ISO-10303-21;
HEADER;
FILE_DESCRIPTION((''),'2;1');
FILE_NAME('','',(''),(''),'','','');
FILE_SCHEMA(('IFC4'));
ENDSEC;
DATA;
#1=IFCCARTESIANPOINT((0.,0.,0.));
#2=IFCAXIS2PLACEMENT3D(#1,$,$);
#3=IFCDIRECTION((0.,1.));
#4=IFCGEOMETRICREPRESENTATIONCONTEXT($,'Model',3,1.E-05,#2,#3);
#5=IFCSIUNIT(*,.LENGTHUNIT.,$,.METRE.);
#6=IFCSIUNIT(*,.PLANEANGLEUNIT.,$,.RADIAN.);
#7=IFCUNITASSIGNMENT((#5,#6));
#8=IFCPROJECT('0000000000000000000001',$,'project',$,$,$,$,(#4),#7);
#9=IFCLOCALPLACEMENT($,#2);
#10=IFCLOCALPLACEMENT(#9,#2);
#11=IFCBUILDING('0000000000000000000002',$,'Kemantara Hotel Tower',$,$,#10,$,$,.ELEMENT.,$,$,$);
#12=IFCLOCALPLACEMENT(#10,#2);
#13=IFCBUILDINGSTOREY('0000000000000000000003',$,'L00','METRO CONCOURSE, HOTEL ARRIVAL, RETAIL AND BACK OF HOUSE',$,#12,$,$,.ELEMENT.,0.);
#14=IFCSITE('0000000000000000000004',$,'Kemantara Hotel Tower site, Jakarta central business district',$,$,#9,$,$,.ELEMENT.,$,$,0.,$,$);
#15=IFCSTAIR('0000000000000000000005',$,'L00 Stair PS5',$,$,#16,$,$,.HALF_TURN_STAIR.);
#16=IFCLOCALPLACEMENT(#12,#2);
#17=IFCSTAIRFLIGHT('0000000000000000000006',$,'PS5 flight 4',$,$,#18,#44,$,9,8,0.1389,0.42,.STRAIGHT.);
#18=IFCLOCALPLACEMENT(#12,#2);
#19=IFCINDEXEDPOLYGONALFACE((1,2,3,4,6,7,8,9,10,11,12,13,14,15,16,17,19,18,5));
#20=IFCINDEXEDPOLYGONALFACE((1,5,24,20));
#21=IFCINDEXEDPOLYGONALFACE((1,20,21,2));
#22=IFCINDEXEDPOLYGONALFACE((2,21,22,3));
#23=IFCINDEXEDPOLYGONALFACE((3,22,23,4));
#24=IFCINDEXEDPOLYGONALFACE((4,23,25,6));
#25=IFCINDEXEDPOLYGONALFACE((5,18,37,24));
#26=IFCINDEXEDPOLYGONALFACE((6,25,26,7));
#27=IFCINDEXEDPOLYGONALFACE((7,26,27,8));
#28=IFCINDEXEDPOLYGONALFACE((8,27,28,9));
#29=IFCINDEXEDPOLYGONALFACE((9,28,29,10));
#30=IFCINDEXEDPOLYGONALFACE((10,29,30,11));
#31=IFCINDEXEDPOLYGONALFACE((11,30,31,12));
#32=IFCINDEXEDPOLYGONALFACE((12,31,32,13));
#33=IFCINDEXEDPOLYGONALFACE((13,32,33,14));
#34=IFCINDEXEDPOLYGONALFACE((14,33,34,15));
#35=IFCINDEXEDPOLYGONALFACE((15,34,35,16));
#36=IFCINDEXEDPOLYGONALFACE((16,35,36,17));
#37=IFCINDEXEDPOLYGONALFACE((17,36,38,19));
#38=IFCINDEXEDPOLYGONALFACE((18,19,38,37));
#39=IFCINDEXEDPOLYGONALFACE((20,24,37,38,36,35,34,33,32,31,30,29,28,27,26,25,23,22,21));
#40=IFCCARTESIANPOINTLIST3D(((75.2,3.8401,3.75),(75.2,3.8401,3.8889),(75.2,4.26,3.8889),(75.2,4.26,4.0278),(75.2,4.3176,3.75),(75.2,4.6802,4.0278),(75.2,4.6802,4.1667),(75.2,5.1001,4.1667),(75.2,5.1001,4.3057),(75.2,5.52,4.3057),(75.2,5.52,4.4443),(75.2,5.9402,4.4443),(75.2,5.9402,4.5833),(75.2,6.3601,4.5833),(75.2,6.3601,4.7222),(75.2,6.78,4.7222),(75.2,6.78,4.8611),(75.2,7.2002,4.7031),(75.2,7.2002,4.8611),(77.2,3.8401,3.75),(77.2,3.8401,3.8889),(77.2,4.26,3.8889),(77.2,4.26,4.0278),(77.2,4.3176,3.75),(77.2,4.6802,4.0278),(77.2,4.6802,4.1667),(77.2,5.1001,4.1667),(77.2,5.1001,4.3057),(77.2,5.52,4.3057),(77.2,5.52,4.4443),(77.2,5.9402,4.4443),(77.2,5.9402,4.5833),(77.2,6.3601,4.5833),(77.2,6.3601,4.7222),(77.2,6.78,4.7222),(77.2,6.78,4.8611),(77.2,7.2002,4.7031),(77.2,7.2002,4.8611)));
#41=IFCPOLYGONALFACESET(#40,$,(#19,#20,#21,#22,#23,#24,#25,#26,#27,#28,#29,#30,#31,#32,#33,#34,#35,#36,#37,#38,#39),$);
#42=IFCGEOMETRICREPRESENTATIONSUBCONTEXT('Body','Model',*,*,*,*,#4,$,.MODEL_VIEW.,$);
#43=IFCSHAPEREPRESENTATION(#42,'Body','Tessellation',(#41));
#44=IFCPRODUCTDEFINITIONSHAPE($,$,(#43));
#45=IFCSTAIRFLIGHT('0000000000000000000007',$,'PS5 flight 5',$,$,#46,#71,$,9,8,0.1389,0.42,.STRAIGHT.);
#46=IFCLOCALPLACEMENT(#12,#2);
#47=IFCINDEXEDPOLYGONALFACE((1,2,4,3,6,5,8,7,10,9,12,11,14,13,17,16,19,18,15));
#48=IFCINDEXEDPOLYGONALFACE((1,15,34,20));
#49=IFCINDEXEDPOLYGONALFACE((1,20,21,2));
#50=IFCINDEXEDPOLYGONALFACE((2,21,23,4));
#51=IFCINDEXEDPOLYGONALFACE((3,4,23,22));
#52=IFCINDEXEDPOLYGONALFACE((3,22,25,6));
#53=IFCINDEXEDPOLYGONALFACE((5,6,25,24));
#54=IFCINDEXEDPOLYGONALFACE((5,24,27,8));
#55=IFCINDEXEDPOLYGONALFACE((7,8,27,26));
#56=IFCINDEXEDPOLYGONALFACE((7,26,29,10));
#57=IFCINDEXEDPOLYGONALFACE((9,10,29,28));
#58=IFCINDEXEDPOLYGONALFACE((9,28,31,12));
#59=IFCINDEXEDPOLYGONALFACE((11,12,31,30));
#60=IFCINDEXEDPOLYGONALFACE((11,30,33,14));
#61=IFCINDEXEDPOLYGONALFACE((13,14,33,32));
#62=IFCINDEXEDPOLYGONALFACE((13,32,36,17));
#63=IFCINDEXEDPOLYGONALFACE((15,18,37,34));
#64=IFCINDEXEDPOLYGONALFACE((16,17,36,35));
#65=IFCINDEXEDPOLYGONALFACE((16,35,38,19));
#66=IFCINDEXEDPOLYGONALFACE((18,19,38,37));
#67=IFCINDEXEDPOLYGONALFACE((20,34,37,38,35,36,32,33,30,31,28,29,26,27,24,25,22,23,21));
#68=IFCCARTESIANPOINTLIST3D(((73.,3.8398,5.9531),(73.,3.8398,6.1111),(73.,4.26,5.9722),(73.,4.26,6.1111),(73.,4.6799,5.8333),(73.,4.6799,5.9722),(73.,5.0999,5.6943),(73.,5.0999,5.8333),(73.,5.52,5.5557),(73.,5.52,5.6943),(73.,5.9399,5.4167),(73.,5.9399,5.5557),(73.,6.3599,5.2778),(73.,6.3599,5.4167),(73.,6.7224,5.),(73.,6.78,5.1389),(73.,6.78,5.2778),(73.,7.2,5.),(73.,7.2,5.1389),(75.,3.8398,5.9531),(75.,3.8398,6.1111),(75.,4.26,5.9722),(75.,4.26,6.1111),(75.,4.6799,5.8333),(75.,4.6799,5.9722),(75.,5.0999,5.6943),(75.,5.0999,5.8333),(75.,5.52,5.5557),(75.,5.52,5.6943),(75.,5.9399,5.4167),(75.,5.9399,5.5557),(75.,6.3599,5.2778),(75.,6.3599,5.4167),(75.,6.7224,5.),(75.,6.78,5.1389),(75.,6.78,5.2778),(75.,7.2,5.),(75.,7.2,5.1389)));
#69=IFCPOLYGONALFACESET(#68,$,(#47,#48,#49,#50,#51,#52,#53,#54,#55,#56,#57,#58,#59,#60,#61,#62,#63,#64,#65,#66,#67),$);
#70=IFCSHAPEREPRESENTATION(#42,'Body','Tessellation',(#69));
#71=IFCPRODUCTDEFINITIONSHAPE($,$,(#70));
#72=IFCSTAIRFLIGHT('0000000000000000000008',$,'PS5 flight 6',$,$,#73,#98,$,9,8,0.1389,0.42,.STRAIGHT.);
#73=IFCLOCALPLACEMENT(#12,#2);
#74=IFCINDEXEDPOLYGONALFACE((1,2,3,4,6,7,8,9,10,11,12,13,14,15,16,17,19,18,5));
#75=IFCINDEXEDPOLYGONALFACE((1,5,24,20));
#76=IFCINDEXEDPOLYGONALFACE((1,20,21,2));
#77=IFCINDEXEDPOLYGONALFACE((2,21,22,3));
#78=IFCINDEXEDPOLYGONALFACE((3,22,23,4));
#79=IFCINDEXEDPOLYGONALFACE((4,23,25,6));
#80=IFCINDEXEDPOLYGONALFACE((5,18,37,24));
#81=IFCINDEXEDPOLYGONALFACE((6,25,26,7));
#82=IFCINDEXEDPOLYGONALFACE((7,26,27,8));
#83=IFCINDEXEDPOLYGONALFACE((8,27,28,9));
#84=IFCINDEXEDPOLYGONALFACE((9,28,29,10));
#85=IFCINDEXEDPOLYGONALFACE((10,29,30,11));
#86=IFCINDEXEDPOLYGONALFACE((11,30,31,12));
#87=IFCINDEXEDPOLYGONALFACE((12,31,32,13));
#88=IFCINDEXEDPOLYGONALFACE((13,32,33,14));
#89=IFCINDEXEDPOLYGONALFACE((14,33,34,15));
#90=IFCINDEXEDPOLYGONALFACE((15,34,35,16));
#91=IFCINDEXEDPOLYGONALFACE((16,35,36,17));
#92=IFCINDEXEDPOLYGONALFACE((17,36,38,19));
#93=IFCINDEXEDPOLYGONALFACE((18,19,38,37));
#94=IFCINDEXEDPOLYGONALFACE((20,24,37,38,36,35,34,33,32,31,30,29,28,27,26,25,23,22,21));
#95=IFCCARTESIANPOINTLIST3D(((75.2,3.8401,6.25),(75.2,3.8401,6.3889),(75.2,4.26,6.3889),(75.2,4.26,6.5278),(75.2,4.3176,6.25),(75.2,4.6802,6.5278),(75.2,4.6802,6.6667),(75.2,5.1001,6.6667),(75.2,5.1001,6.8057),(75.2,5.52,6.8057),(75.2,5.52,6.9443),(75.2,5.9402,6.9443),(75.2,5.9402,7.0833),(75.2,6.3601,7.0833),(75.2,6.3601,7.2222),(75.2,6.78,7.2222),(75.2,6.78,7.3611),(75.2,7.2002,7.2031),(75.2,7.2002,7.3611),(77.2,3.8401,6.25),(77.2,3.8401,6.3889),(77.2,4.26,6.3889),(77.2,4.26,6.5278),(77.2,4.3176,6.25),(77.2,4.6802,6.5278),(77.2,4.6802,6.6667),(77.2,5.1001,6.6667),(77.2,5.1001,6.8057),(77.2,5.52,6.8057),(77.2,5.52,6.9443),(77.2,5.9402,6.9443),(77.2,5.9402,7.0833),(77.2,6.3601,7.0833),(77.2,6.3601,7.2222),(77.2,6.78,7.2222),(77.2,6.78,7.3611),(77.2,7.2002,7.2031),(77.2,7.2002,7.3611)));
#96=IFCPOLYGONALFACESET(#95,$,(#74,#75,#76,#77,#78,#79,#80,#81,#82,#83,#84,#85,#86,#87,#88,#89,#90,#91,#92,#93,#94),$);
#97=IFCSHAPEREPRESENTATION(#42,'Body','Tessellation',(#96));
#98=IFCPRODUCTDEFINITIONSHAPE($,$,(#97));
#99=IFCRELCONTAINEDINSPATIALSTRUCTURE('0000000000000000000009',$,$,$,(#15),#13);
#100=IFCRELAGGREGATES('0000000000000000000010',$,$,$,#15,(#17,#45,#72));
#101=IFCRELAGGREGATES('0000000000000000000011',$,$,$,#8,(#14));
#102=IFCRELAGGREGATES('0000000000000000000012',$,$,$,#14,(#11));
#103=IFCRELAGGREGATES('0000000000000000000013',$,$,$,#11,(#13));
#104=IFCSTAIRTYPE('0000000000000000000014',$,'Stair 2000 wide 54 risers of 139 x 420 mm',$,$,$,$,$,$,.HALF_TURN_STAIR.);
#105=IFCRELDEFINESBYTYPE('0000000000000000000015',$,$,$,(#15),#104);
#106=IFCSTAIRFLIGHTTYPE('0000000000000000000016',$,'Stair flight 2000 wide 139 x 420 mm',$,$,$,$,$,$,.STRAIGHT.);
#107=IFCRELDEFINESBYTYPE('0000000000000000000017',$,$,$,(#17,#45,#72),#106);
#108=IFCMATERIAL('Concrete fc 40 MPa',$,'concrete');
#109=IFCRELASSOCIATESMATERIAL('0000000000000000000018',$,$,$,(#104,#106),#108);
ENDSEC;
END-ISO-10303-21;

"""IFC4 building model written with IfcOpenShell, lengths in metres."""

from ifc_helpers import new_model, si_unit, direction, frame, origin, place, context, subcontext, project, spatial, polyline, outline, extrude, material, type_object, element, aggregate, save


model = new_model("IFC4")

# Units and contexts
model_context = context("Model", 3, precision=1e-05, world=origin(), true_north=direction((0.0, 1.0)))
body_context = subcontext(model_context, "Body", "Model", "MODEL_VIEW")
ifc_project = project(units=[si_unit("LENGTHUNIT", "METRE"), si_unit("PLANEANGLEUNIT", "RADIAN")], contexts=[model_context])

# Site, building, storey
site_placement = place(None, origin())
site = spatial("IfcSite", under=ifc_project, at=site_placement, Name="Kemantara Hotel Tower site, Jakarta central business district", CompositionType="ELEMENT", RefElevation=0.0)
building_placement = place(site_placement, origin())
building = spatial("IfcBuilding", under=site, at=building_placement, Name="Kemantara Hotel Tower", CompositionType="ELEMENT")
storey_placement = place(building_placement, origin())
storey = spatial("IfcBuildingStorey", under=building, at=storey_placement, Name="L00", Description="METRO CONCOURSE, HOTEL ARRIVAL, RETAIL AND BACK OF HOUSE", CompositionType="ELEMENT", Elevation=0.0)

# Shared definitions
ifc_material_1 = material(Name="Concrete fc 40 MPa", Category="concrete")

# Stair, stair flights
stair_type_1 = type_object("IfcStairType", Name="Stair 2000 wide 54 risers of 139 x 420 mm", PredefinedType="HALF_TURN_STAIR", material=ifc_material_1)
stair_1_placement = place(storey_placement, origin())
stair_1 = element("IfcStair", 1, at=stair_1_placement, inside=storey, type_object=stair_type_1, Name="L00 Stair PS5", PredefinedType="HALF_TURN_STAIR")
stair_flight_type_1 = type_object("IfcStairFlightType", Name="Stair flight 2000 wide 139 x 420 mm", PredefinedType="STRAIGHT", material=ifc_material_1)
stair_flight_1_placement = place(storey_placement, frame((76.2, 3.8401, 3.75), z_axis=(0.0, 0.0, 1.0), x_axis=(0.0, 1.0, 0.0)))
stair_flight_1 = element("IfcStairFlight", 2, at=stair_flight_1_placement, type_object=stair_flight_type_1, Name="PS5 flight 4", NumberOfRisers=9, NumberOfTreads=8, PredefinedType="STRAIGHT", RiserHeight=0.1389, TreadLength=0.42, context=body_context, shape_type="SweptSolid", body=[
    extrude(outline(polyline([(0.0, 0.0), (0.0, 0.1389), (0.4199, 0.1389), (0.4199, 0.2778), (0.8401, 0.2778), (0.8401, 0.4167), (1.26, 0.4167), (1.26, 0.5557), (1.6799, 0.5557), (1.6799, 0.6943), (2.1001, 0.6943), (2.1001, 0.8333), (2.52, 0.8333), (2.52, 0.9722), (2.9399, 0.9722), (2.9399, 1.1111), (3.3601, 1.1111), (3.3601, 1.25), (3.3601, 0.9531), (0.4775, 0.0), (0.0, 0.0)])), frame((0.0, 1.0, 0.0), z_axis=(0.0, -1.0, 0.0), x_axis=(1.0, 0.0, 0.0)), (0.0, 0.0, 1.0), 2.0),
])
stair_flight_2_placement = place(storey_placement, frame((74.0, 7.2, 5.0), z_axis=(0.0, 0.0, 1.0), x_axis=(0.0, -1.0, 0.0)))
stair_flight_2 = element("IfcStairFlight", 3, at=stair_flight_2_placement, type_object=stair_flight_type_1, Name="PS5 flight 5", NumberOfRisers=9, NumberOfTreads=8, PredefinedType="STRAIGHT", RiserHeight=0.1389, TreadLength=0.42, context=body_context, shape_type="SweptSolid", body=[
    extrude(outline(polyline([(0.0, 0.0), (0.0, 0.1389), (0.4199, 0.1389), (0.4199, 0.2778), (0.8401, 0.2778), (0.8401, 0.4167), (1.26, 0.4167), (1.26, 0.5557), (1.6799, 0.5557), (1.6799, 0.6943), (2.1001, 0.6943), (2.1001, 0.8333), (2.52, 0.8333), (2.52, 0.9722), (2.9399, 0.9722), (2.9399, 1.1111), (3.3601, 1.1111), (3.3601, 1.25), (3.3601, 0.9531), (0.4775, 0.0), (0.0, 0.0)])), frame((0.0, 1.0, 0.0), z_axis=(0.0, -1.0, 0.0), x_axis=(1.0, 0.0, 0.0)), (0.0, 0.0, 1.0), 2.0),
])
stair_flight_3_placement = place(storey_placement, frame((76.2, 3.8401, 6.25), z_axis=(0.0, 0.0, 1.0), x_axis=(0.0, 1.0, 0.0)))
stair_flight_3 = element("IfcStairFlight", 4, at=stair_flight_3_placement, type_object=stair_flight_type_1, Name="PS5 flight 6", NumberOfRisers=9, NumberOfTreads=8, PredefinedType="STRAIGHT", RiserHeight=0.1389, TreadLength=0.42, context=body_context, shape_type="SweptSolid", body=[
    extrude(outline(polyline([(0.0, 0.0), (0.0, 0.1389), (0.4199, 0.1389), (0.4199, 0.2778), (0.8401, 0.2778), (0.8401, 0.4167), (1.26, 0.4167), (1.26, 0.5557), (1.6799, 0.5557), (1.6799, 0.6943), (2.1001, 0.6943), (2.1001, 0.8333), (2.52, 0.8333), (2.52, 0.9722), (2.9399, 0.9722), (2.9399, 1.1111), (3.3601, 1.1111), (3.3601, 1.25), (3.3601, 0.9531), (0.4775, 0.0), (0.0, 0.0)])), frame((0.0, 1.0, 0.0), z_axis=(0.0, -1.0, 0.0), x_axis=(1.0, 0.0, 0.0)), (0.0, 0.0, 1.0), 2.0),
])
aggregate(stair_1, [stair_flight_1, stair_flight_2, stair_flight_3])

save(model, "model.ifc")
